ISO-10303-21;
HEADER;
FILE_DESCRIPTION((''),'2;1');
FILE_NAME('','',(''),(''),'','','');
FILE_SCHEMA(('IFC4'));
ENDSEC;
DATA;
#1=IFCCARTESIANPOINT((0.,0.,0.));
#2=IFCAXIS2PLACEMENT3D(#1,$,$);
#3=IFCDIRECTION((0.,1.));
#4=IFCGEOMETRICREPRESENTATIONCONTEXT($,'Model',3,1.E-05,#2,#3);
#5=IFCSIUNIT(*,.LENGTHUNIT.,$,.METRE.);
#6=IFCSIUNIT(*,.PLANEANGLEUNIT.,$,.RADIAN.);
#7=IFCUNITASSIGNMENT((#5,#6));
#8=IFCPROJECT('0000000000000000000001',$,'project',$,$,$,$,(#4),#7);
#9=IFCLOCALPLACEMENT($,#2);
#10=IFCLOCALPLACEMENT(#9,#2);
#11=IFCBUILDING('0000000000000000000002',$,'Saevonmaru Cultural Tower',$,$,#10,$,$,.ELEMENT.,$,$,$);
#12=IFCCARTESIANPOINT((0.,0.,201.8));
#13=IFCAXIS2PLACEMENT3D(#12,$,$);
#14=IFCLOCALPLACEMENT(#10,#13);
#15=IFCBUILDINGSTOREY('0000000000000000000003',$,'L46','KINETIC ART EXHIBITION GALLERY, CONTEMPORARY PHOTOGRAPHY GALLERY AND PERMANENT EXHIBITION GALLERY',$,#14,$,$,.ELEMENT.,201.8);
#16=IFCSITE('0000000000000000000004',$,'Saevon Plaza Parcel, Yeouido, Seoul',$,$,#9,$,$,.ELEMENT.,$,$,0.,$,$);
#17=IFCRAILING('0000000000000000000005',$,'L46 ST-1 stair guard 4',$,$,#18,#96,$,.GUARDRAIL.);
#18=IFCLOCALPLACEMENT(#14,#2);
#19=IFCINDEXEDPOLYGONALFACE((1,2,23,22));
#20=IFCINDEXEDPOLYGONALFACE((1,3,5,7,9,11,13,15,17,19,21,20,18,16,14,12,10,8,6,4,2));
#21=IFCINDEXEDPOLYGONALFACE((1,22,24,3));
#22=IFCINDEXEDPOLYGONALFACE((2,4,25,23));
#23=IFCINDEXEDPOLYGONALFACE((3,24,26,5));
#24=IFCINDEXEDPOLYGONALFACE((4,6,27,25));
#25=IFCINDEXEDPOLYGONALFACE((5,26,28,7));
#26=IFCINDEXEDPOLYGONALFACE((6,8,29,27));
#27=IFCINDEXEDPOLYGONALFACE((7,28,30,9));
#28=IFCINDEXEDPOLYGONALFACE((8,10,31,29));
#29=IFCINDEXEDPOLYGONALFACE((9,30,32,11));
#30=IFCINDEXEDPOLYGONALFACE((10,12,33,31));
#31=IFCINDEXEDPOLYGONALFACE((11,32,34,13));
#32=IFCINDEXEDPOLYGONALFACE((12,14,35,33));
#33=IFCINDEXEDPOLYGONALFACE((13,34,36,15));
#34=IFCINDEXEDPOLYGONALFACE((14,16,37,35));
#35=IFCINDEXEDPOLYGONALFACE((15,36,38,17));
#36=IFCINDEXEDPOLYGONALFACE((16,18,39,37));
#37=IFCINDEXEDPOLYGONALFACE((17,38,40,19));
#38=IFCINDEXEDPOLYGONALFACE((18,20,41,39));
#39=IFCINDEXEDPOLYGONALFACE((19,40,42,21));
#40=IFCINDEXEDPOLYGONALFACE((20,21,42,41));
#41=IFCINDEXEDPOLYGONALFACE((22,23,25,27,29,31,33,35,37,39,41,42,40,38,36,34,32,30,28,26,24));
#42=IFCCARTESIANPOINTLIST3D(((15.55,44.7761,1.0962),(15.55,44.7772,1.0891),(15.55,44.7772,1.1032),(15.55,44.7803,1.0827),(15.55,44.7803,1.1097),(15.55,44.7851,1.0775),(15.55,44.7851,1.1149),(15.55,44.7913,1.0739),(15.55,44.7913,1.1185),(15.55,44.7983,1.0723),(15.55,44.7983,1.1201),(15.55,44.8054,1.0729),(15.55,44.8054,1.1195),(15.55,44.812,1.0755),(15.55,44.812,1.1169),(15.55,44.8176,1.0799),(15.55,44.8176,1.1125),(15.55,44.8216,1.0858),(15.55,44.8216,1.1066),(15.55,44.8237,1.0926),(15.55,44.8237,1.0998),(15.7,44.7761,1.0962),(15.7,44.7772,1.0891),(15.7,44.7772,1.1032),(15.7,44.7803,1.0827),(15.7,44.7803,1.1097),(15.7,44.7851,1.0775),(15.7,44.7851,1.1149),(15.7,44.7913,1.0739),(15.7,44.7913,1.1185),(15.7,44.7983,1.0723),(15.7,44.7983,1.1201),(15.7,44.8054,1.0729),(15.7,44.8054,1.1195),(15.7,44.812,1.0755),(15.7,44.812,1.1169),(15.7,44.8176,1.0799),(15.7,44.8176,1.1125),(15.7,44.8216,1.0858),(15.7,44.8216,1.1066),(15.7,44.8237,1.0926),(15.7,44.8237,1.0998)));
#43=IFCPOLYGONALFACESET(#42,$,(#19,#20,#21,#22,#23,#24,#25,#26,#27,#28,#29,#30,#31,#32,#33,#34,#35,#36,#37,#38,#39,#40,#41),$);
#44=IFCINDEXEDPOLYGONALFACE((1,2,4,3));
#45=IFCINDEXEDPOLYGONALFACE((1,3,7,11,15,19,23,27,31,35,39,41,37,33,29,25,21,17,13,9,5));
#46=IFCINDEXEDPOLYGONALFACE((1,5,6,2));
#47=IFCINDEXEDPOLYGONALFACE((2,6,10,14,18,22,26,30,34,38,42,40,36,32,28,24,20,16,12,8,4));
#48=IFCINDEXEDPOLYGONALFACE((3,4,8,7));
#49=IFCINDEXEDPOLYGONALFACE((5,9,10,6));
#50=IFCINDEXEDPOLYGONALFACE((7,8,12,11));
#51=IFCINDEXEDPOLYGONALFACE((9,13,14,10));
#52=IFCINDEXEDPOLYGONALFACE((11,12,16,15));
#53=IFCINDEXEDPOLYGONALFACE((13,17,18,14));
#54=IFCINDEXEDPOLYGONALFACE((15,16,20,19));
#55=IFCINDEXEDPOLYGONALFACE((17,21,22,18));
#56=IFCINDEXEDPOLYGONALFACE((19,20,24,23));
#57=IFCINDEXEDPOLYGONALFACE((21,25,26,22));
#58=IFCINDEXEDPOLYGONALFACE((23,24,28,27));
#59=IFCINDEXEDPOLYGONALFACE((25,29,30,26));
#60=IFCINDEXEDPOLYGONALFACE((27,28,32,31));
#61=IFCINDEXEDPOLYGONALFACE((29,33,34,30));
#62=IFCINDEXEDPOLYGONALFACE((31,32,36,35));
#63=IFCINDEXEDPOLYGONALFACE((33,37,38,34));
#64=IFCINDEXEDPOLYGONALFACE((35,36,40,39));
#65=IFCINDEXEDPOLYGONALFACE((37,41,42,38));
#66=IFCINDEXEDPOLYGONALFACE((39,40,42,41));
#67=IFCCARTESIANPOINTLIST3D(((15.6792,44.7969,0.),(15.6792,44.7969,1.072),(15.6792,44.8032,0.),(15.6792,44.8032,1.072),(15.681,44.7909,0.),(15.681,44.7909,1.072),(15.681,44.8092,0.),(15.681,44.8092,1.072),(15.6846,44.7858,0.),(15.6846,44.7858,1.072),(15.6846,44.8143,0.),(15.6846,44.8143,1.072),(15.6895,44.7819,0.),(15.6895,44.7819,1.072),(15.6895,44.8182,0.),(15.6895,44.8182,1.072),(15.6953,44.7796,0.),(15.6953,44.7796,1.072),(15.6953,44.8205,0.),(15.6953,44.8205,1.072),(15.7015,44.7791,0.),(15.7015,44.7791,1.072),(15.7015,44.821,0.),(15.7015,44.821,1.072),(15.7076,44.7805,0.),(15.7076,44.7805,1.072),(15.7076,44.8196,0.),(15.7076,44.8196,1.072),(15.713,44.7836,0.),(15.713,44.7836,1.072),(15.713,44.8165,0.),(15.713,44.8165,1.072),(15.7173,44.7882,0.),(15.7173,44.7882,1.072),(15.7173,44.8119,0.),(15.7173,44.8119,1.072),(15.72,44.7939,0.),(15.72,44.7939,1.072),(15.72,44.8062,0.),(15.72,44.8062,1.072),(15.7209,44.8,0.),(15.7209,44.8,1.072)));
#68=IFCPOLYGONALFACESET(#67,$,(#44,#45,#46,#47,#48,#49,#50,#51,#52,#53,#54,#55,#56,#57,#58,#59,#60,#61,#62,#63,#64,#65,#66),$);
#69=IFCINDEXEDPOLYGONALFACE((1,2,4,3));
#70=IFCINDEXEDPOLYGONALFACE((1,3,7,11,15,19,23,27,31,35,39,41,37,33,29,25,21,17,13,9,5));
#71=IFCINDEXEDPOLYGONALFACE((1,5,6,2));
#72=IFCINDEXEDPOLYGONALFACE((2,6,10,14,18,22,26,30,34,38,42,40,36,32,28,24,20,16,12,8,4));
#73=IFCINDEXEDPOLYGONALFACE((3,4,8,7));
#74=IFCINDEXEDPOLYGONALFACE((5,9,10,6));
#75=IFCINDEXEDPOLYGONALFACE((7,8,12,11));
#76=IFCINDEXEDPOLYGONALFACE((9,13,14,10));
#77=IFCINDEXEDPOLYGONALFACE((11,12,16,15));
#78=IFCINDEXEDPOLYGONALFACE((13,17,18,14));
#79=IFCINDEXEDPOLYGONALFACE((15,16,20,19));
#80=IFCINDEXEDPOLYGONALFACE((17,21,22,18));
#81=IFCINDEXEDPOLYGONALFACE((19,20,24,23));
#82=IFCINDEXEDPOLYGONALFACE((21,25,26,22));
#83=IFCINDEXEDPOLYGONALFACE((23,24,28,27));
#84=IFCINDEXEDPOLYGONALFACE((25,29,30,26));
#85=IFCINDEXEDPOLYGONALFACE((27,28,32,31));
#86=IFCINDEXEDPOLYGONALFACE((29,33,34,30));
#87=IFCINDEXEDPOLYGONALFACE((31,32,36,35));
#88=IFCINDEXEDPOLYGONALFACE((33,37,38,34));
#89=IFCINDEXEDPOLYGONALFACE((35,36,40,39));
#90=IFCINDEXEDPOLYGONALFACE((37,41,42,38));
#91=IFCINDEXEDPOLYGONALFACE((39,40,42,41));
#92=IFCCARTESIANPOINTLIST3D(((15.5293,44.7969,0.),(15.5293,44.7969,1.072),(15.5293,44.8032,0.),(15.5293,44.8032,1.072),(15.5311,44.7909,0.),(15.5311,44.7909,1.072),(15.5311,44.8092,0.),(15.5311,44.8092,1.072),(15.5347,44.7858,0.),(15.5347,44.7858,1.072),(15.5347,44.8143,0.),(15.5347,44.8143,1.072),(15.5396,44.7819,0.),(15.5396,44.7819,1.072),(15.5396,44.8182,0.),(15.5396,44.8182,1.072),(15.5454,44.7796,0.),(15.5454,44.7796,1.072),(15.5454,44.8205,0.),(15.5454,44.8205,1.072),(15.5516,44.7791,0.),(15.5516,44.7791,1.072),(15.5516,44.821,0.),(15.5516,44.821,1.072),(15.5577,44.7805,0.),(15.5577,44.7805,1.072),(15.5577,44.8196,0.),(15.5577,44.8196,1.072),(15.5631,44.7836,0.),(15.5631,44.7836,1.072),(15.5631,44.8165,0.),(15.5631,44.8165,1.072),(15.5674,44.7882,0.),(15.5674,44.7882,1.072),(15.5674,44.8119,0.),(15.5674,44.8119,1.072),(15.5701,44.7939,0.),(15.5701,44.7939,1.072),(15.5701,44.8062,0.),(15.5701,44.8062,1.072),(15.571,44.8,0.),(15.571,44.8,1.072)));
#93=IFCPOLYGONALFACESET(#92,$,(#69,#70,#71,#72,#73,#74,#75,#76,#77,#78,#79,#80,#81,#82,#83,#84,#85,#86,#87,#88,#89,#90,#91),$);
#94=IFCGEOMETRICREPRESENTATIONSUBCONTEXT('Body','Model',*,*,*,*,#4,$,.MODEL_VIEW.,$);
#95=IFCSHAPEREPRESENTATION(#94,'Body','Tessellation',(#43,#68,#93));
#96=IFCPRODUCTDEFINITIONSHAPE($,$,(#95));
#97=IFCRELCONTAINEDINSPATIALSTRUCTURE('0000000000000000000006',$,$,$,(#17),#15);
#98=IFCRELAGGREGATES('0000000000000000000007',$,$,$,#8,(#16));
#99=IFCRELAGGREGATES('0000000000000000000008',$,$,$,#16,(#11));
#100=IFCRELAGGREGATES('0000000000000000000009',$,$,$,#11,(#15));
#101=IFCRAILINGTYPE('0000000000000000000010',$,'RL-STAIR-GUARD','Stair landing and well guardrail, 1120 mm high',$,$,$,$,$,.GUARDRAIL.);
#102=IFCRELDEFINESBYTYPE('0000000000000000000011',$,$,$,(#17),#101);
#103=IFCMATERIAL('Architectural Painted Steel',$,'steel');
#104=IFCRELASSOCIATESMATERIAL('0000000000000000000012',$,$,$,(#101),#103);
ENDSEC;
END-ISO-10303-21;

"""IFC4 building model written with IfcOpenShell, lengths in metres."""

from ifc_helpers import new_model, si_unit, direction, frame, origin, origin_2d, place, context, subcontext, project, spatial, circle, extrude, material, type_object, element, save


model = new_model("IFC4")

# Units and contexts
model_context = context("Model", 3, precision=1e-05, world=origin(), true_north=direction((0.0, 1.0)))
body_context = subcontext(model_context, "Body", "Model", "MODEL_VIEW")
ifc_project = project(units=[si_unit("LENGTHUNIT", "METRE"), si_unit("PLANEANGLEUNIT", "RADIAN")], contexts=[model_context])

# Site, building, storey
site_placement = place(None, origin())
site = spatial("IfcSite", under=ifc_project, at=site_placement, Name="Saevon Plaza Parcel, Yeouido, Seoul", CompositionType="ELEMENT", RefElevation=0.0)
building_placement = place(site_placement, origin())
building = spatial("IfcBuilding", under=site, at=building_placement, Name="Saevonmaru Cultural Tower", CompositionType="ELEMENT")
storey_placement = place(building_placement, frame((0.0, 0.0, 201.8)))
storey = spatial("IfcBuildingStorey", under=building, at=storey_placement, Name="L46", Description="KINETIC ART EXHIBITION GALLERY, CONTEMPORARY PHOTOGRAPHY GALLERY AND PERMANENT EXHIBITION GALLERY", CompositionType="ELEMENT", Elevation=201.8)

# Railing
ifc_material_1 = material(Name="Architectural Painted Steel", Category="steel")
railing_type_1 = type_object("IfcRailingType", Name="RL-STAIR-GUARD", Description="Stair landing and well guardrail, 1120 mm high", PredefinedType="GUARDRAIL", material=ifc_material_1)
railing_1_placement = place(storey_placement, frame((15.7, 44.8, 0.0)))
element("IfcRailing", 1, at=railing_1_placement, inside=storey, type_object=railing_type_1, Name="L46 ST-1 stair guard 4", PredefinedType="GUARDRAIL", context=body_context, shape_type="SweptSolid", body=[
    extrude(circle(Radius=0.0239, at=origin_2d()), frame((0.0, 0.0, 1.0962), z_axis=(-1.0, 0.0, 0.0), x_axis=(0.0, -1.0, 0.0)), (0.0, 0.0, 1.0), 0.1499),
    extrude(circle(Radius=0.021, at=origin_2d()), origin(), (0.0, 0.0, 1.0), 1.072),
    extrude(circle(Radius=0.021, at=origin_2d()), frame((-0.1499, 0.0, 0.0)), (0.0, 0.0, 1.0), 1.072),
])

save(model, "model.ifc")
